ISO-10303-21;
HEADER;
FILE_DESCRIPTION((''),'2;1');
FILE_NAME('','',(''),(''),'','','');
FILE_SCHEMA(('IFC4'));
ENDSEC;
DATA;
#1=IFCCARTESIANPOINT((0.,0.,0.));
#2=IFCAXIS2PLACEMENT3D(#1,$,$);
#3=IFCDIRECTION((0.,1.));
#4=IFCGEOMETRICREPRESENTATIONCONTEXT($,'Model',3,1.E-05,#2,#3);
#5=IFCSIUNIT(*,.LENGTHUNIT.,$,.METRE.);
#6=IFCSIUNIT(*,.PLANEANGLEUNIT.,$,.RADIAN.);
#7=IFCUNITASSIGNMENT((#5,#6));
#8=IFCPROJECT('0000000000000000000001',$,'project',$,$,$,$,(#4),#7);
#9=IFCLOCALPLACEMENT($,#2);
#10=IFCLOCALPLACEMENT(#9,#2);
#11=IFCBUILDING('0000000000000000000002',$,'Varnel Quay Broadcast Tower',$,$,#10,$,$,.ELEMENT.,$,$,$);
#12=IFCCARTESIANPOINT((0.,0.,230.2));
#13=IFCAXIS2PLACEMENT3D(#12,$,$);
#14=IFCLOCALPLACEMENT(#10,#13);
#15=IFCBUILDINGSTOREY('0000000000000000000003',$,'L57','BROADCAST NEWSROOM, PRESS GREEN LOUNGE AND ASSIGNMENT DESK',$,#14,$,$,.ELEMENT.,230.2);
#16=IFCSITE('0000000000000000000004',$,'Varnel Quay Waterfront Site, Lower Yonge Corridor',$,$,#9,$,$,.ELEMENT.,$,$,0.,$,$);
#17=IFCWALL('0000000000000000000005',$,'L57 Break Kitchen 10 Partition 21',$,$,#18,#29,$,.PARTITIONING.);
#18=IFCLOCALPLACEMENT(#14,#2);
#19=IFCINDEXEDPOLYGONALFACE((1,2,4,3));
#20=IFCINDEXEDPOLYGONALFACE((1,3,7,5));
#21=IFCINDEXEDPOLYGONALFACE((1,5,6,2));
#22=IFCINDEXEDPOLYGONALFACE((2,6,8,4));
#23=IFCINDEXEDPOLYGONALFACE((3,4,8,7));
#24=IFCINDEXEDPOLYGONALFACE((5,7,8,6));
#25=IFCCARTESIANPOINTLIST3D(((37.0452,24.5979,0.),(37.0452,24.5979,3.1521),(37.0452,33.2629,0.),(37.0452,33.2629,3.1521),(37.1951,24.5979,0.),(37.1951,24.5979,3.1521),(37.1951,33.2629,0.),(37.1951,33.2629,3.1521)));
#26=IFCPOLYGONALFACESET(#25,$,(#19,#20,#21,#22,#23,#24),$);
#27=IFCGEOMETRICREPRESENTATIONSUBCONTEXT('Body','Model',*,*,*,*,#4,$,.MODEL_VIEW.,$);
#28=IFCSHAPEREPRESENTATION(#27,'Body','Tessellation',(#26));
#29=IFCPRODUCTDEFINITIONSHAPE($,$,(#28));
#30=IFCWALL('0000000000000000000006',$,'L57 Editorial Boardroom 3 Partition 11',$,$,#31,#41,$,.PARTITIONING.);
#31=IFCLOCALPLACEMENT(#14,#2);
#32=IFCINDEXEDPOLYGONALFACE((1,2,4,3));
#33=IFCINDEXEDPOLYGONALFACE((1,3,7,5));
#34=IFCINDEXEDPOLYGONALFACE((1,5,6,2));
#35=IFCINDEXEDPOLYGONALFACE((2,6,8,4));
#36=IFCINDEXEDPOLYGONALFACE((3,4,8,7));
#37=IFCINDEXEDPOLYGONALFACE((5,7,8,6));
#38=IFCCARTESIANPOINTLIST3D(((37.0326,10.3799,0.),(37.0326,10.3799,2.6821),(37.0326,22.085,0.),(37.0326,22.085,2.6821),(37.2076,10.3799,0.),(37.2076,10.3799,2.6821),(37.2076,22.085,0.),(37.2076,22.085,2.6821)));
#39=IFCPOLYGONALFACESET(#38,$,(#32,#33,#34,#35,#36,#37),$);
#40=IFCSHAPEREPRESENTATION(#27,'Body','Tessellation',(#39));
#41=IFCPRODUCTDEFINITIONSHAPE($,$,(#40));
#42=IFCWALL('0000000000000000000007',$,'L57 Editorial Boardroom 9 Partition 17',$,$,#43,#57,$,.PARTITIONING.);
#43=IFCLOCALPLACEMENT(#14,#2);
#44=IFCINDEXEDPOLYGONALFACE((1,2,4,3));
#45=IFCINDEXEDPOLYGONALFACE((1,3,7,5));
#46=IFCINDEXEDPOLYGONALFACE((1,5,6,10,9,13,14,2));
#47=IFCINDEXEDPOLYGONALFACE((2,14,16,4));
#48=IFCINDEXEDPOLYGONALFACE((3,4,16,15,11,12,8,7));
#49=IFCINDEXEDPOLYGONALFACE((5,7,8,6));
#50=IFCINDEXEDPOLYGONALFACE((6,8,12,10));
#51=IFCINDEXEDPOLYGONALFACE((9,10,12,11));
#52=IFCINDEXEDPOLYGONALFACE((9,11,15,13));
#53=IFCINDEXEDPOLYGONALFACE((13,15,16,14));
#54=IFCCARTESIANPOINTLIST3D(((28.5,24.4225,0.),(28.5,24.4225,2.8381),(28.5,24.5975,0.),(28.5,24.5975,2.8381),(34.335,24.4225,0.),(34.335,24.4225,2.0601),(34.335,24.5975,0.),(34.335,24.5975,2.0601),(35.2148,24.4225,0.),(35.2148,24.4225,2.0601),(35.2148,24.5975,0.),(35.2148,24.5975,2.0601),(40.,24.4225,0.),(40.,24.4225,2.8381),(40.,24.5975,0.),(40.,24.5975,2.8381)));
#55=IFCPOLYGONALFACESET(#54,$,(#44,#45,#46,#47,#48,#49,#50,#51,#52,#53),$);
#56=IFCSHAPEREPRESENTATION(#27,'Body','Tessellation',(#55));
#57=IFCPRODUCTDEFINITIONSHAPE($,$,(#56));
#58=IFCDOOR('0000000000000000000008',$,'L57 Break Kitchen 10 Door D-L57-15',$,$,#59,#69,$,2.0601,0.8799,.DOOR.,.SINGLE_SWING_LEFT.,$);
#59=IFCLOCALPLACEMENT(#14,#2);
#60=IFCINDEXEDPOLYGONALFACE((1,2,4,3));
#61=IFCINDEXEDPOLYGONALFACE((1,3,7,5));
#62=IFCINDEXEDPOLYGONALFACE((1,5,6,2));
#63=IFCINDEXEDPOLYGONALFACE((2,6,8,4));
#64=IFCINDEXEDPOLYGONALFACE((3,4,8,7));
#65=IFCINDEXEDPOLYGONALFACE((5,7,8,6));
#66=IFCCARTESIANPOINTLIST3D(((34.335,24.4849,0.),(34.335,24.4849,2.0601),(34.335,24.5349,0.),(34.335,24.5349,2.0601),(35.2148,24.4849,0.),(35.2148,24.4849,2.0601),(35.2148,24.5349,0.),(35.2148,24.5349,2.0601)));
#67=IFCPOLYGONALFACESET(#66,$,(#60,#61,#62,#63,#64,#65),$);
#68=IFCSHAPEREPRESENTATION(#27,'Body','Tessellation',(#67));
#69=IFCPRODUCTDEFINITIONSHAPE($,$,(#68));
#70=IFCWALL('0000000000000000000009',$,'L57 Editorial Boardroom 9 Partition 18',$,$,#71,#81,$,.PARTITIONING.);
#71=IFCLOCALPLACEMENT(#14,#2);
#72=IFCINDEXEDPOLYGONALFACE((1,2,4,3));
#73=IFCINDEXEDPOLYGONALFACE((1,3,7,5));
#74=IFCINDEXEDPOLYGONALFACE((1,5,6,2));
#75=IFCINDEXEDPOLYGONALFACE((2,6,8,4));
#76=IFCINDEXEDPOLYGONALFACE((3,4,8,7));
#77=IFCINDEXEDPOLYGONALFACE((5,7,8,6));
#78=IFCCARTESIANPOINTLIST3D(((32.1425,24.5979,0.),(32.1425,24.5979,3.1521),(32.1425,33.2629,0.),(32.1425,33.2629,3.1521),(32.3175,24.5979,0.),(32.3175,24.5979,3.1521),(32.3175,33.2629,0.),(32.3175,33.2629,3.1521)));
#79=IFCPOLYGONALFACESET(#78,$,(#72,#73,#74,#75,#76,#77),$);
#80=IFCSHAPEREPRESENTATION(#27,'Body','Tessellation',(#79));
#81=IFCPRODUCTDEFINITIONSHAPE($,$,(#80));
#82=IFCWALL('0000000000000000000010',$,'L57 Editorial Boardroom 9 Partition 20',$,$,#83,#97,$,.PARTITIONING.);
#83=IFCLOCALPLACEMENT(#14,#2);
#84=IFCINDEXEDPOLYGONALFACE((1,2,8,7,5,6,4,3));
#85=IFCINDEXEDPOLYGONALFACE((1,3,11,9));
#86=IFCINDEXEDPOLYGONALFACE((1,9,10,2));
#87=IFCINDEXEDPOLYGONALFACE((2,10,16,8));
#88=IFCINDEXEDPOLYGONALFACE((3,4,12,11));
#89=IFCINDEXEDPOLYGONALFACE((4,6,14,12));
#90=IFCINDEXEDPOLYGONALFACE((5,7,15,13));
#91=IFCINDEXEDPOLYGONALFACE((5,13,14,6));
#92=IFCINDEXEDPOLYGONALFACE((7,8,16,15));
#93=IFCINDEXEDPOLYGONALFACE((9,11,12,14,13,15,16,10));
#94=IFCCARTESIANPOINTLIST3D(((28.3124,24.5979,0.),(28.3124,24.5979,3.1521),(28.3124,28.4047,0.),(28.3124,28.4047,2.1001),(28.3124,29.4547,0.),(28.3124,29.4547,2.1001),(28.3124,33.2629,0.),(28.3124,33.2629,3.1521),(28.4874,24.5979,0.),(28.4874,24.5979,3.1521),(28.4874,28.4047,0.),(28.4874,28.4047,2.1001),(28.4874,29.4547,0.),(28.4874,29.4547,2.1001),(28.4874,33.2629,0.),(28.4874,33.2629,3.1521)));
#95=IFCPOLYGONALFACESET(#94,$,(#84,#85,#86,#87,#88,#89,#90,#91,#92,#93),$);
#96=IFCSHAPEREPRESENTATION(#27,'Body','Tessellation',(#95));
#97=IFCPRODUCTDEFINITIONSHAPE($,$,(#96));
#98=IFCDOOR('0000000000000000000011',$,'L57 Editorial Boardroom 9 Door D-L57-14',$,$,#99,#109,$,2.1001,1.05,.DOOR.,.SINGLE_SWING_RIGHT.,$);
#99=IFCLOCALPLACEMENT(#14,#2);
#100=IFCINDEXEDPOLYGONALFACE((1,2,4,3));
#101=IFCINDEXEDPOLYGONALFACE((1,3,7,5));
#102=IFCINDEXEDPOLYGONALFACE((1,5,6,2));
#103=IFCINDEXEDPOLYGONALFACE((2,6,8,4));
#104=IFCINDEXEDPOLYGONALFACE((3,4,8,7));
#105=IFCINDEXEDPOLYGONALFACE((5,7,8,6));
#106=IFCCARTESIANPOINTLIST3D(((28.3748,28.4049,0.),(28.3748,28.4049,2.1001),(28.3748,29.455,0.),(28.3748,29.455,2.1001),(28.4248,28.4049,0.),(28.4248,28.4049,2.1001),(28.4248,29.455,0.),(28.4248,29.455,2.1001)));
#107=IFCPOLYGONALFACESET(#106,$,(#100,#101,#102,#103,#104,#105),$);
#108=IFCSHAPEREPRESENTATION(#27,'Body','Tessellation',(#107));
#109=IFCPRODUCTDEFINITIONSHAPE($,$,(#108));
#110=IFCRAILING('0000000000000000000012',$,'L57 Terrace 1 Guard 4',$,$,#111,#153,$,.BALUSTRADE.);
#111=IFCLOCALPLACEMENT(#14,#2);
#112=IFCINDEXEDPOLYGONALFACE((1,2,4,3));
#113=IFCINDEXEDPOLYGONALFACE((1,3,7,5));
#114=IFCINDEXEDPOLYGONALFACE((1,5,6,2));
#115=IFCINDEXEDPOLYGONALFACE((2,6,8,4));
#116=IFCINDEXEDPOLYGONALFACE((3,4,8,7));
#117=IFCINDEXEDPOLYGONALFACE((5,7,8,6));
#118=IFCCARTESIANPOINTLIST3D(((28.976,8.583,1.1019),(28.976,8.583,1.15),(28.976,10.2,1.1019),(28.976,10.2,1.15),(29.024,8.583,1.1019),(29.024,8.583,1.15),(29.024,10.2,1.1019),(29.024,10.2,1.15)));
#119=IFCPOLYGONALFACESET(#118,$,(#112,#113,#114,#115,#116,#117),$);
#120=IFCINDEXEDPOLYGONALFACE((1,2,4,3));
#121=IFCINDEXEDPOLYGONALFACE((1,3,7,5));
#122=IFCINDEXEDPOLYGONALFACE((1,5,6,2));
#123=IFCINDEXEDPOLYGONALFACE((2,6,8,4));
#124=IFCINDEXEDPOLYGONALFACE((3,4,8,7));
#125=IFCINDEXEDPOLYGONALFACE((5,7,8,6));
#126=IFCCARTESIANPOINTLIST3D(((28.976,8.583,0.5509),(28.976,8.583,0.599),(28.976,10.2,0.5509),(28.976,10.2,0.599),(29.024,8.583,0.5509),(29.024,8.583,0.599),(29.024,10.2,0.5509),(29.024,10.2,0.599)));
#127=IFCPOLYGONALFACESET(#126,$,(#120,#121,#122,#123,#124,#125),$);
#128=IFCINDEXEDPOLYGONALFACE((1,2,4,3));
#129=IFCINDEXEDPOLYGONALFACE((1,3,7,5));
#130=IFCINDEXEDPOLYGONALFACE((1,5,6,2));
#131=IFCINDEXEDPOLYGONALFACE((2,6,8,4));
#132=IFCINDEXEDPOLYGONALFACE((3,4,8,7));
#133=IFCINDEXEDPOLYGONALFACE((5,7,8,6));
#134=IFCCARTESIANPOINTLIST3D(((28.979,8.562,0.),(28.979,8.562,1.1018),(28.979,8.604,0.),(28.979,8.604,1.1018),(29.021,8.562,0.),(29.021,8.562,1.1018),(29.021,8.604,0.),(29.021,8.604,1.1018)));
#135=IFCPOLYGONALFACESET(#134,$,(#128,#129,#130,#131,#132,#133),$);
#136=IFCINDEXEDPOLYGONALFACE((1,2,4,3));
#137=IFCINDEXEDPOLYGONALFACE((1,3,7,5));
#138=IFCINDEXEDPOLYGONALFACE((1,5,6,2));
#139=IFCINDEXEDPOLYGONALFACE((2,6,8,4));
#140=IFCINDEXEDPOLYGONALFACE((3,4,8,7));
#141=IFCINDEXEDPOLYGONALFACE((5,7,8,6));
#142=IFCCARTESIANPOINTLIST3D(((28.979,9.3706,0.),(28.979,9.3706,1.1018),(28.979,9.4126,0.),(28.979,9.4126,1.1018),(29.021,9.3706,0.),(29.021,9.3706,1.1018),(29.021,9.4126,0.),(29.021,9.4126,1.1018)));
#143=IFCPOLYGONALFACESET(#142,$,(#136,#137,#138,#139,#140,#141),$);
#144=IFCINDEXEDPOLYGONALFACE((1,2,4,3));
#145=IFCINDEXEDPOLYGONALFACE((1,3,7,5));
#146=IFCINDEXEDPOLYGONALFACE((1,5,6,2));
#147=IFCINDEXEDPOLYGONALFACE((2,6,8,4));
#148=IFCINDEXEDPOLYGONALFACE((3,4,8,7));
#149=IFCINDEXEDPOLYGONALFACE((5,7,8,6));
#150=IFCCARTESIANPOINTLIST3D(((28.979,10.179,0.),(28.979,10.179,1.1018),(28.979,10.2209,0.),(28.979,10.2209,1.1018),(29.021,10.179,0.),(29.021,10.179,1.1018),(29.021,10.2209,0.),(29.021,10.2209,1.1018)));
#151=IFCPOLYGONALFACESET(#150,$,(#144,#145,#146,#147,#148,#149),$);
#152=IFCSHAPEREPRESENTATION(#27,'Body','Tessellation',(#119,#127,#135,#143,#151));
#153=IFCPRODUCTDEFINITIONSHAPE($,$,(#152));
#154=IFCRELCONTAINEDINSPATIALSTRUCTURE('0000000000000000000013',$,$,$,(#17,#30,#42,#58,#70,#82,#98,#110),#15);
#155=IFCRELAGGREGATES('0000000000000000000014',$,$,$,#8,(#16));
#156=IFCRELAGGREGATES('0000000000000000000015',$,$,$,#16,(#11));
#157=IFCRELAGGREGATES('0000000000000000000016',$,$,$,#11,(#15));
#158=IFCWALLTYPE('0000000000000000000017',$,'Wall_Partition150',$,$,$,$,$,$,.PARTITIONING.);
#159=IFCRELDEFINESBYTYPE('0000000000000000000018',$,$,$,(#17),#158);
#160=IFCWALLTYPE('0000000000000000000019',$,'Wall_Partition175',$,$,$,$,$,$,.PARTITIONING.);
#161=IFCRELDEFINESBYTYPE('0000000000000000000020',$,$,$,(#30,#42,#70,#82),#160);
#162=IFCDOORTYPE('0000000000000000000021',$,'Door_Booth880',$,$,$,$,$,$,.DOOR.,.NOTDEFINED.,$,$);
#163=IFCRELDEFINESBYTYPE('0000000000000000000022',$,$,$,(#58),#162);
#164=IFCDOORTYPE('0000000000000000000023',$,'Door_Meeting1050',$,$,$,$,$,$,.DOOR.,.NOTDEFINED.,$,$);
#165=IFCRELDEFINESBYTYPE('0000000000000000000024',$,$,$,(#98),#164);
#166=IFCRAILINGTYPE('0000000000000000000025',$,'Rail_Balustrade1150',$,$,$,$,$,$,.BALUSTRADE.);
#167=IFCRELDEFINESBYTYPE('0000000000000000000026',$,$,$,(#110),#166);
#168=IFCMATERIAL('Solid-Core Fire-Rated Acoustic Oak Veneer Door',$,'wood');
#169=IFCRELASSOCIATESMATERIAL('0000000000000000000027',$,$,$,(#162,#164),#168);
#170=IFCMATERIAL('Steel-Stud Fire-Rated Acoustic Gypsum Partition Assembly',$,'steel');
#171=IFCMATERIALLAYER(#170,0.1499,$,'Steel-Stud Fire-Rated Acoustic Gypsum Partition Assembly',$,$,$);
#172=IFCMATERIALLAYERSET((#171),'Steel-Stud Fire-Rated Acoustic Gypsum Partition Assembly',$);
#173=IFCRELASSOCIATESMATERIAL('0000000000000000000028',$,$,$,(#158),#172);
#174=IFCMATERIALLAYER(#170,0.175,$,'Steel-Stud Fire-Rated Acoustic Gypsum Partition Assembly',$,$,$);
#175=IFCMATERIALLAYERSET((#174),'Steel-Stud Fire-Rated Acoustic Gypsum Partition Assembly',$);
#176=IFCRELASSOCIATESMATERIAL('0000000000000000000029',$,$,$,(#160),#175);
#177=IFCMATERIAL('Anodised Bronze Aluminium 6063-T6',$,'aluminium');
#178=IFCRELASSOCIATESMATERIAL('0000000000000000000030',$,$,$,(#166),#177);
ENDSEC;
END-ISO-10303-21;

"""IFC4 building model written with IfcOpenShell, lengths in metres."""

from ifc_helpers import new_model, si_unit, direction, frame, frame_2d, origin, origin_2d, place, context, subcontext, project, spatial, rectangle, extrude, source, transform, mapped, material, layer, layer_set, type_object, type_shapes, element, fill, save


model = new_model("IFC4")

# Units and contexts
model_context = context("Model", 3, precision=1e-05, world=origin(), true_north=direction((0.0, 1.0)))
body_context = subcontext(model_context, "Body", "Model", "MODEL_VIEW")
ifc_project = project(units=[si_unit("LENGTHUNIT", "METRE"), si_unit("PLANEANGLEUNIT", "RADIAN")], contexts=[model_context])

# Site, building, storey
site_placement = place(None, origin())
site = spatial("IfcSite", under=ifc_project, at=site_placement, Name="Varnel Quay Waterfront Site, Lower Yonge Corridor", CompositionType="ELEMENT", RefElevation=0.0)
building_placement = place(site_placement, origin())
building = spatial("IfcBuilding", under=site, at=building_placement, Name="Varnel Quay Broadcast Tower", CompositionType="ELEMENT")
storey_placement = place(building_placement, frame((0.0, 0.0, 230.2)))
storey = spatial("IfcBuildingStorey", under=building, at=storey_placement, Name="L57", Description="BROADCAST NEWSROOM, PRESS GREEN LOUNGE AND ASSIGNMENT DESK", CompositionType="ELEMENT", Elevation=230.2)

# Shared definitions
ifc_material_1 = material(Name="Anodised Bronze Aluminium 6063-T6", Category="aluminium")

# Shared definitions
ifc_material_2 = material(Name="Steel-Stud Fire-Rated Acoustic Gypsum Partition Assembly", Category="steel")
ifc_material_3 = material(Name="Solid-Core Fire-Rated Acoustic Oak Veneer Door", Category="wood")
door_type_1 = type_object("IfcDoorType", Name="Door_Booth880", OperationType="NOTDEFINED", PredefinedType="DOOR", material=ifc_material_3)
shared_shape_1 = source(origin(), body_context, "Body", "SweptSolid", [
    extrude(rectangle(XDim=0.8799, YDim=2.0601, at=frame_2d((0.4399, 1.03))), frame((0.0, 0.0249, 0.0), z_axis=(0.0, -1.0, 0.0), x_axis=(1.0, 0.0, 0.0)), (0.0, 0.0, 1.0), 0.05),
])
type_shapes(door_type_1, [shared_shape_1])

# Walls
ifc_layer_1 = layer(ifc_material_2, 0.1499, Name="Steel-Stud Fire-Rated Acoustic Gypsum Partition Assembly")
ifc_layer_set_1 = layer_set([ifc_layer_1], Name="Steel-Stud Fire-Rated Acoustic Gypsum Partition Assembly")
wall_type_1 = type_object("IfcWallType", Name="Wall_Partition150", PredefinedType="PARTITIONING", material=ifc_layer_set_1)
wall_1_placement = place(storey_placement, frame((37.1201, 24.5979, 0.0), z_axis=(0.0, 0.0, 1.0), x_axis=(0.0, 1.0, 0.0)))
element("IfcWall", 1, at=wall_1_placement, inside=storey, type_object=wall_type_1, Name="L57 Break Kitchen 10 Partition 21", PredefinedType="PARTITIONING", context=body_context, shape_type="SweptSolid", body=[
    extrude(rectangle(XDim=8.665, YDim=0.1499, at=frame_2d((4.3325, 0.0))), origin(), (0.0, 0.0, 1.0), 3.1521),
])
ifc_layer_2 = layer(ifc_material_2, 0.175, Name="Steel-Stud Fire-Rated Acoustic Gypsum Partition Assembly")
ifc_layer_set_2 = layer_set([ifc_layer_2], Name="Steel-Stud Fire-Rated Acoustic Gypsum Partition Assembly")
wall_type_2 = type_object("IfcWallType", Name="Wall_Partition175", PredefinedType="PARTITIONING", material=ifc_layer_set_2)
wall_2_placement = place(storey_placement, frame((37.1201, 10.3799, 0.0), z_axis=(0.0, 0.0, 1.0), x_axis=(0.0, 1.0, 0.0)))
element("IfcWall", 2, at=wall_2_placement, inside=storey, type_object=wall_type_2, Name="L57 Editorial Boardroom 3 Partition 11", PredefinedType="PARTITIONING", context=body_context, shape_type="SweptSolid", body=[
    extrude(rectangle(XDim=11.7051, YDim=0.175, at=frame_2d((5.8525, 0.0))), origin(), (0.0, 0.0, 1.0), 2.6821),
])

# Wall, opening, door
wall_3_placement = place(storey_placement, frame((28.5, 24.51, 0.0), z_axis=(0.0, 0.0, 1.0), x_axis=(1.0, 0.0, 0.0)))
wall_3 = element("IfcWall", 3, at=wall_3_placement, inside=storey, type_object=wall_type_2, Name="L57 Editorial Boardroom 9 Partition 17", PredefinedType="PARTITIONING", context=body_context, shape_type="SweptSolid", body=[
    extrude(rectangle(XDim=11.5, YDim=0.175, at=frame_2d((5.75, 0.0))), origin(), (0.0, 0.0, 1.0), 2.8381),
])
opening_1_placement = place(wall_3_placement, frame((5.835, 0.0, 0.0)))
opening_1 = element("IfcOpeningElement", 4, at=opening_1_placement, cuts=wall_3, PredefinedType="OPENING", context=body_context, shape_type="SweptSolid", body=[
    extrude(rectangle(XDim=0.8799, YDim=2.0601, at=frame_2d((0.4399, 1.03))), frame((0.0, 0.0977, 0.0), z_axis=(0.0, -1.0, 0.0), x_axis=(1.0, 0.0, 0.0)), (0.0, 0.0, 1.0), 0.1951),
])
door_1_placement = place(opening_1_placement, origin())
door_1 = element("IfcDoor", 5, at=door_1_placement, inside=storey, type_object=door_type_1, Name="L57 Break Kitchen 10 Door D-L57-15", OperationType="SINGLE_SWING_LEFT", OverallHeight=2.0601, OverallWidth=0.8799, PredefinedType="DOOR", context=body_context, shape_type="MappedRepresentation", body=[
    mapped(shared_shape_1, transform((0.0, 0.0, 0.0), x_axis=(1.0, 0.0, 0.0), y_axis=(0.0, 1.0, 0.0), z_axis=(0.0, 0.0, 1.0), scale=1.0)),
])
fill(opening_1, door_1)

# Wall
wall_4_placement = place(storey_placement, frame((32.23, 24.5979, 0.0), z_axis=(0.0, 0.0, 1.0), x_axis=(0.0, 1.0, 0.0)))
element("IfcWall", 6, at=wall_4_placement, inside=storey, type_object=wall_type_2, Name="L57 Editorial Boardroom 9 Partition 18", PredefinedType="PARTITIONING", context=body_context, shape_type="SweptSolid", body=[
    extrude(rectangle(XDim=8.665, YDim=0.175, at=frame_2d((4.3325, 0.0))), origin(), (0.0, 0.0, 1.0), 3.1521),
])

# Wall, opening, door
wall_5_placement = place(storey_placement, frame((28.3999, 24.5979, 0.0), z_axis=(0.0, 0.0, 1.0), x_axis=(0.0, 1.0, 0.0)))
wall_5 = element("IfcWall", 7, at=wall_5_placement, inside=storey, type_object=wall_type_2, Name="L57 Editorial Boardroom 9 Partition 20", PredefinedType="PARTITIONING", context=body_context, shape_type="SweptSolid", body=[
    extrude(rectangle(XDim=8.665, YDim=0.175, at=frame_2d((4.3325, 0.0))), origin(), (0.0, 0.0, 1.0), 3.1521),
])
opening_2_placement = place(wall_5_placement, frame((3.8069, 0.0, 0.0)))
opening_2 = element("IfcOpeningElement", 8, at=opening_2_placement, cuts=wall_5, PredefinedType="OPENING", context=body_context, shape_type="SweptSolid", body=[
    extrude(rectangle(XDim=1.05, YDim=2.1001, at=frame_2d((0.5249, 1.05))), frame((0.0, 0.0977, 0.0), z_axis=(0.0, -1.0, 0.0), x_axis=(1.0, 0.0, 0.0)), (0.0, 0.0, 1.0), 0.1951),
])
door_type_2 = type_object("IfcDoorType", Name="Door_Meeting1050", OperationType="NOTDEFINED", PredefinedType="DOOR", material=ifc_material_3)
shared_shape_2 = source(origin(), body_context, "Body", "SweptSolid", [
    extrude(rectangle(XDim=1.05, YDim=2.1001, at=frame_2d((0.5249, 1.05))), frame((0.0, 0.0249, 0.0), z_axis=(0.0, -1.0, 0.0), x_axis=(1.0, 0.0, 0.0)), (0.0, 0.0, 1.0), 0.05),
])
type_shapes(door_type_2, [shared_shape_2])
door_2_placement = place(opening_2_placement, frame((1.05, 0.0, 0.0), z_axis=(0.0, 0.0, 1.0), x_axis=(-1.0, 0.0, 0.0)))
door_2 = element("IfcDoor", 9, at=door_2_placement, inside=storey, type_object=door_type_2, Name="L57 Editorial Boardroom 9 Door D-L57-14", OperationType="SINGLE_SWING_RIGHT", OverallHeight=2.1001, OverallWidth=1.05, PredefinedType="DOOR", context=body_context, shape_type="MappedRepresentation", body=[
    mapped(shared_shape_2, transform((0.0, 0.0, 0.0), x_axis=(1.0, 0.0, 0.0), y_axis=(0.0, 1.0, 0.0), z_axis=(0.0, 0.0, 1.0), scale=1.0)),
])
fill(opening_2, door_2)

# Railing
railing_type = type_object("IfcRailingType", Name="Rail_Balustrade1150", PredefinedType="BALUSTRADE", material=ifc_material_1)
railing_1_placement = place(storey_placement, frame((29.0, 8.583, 0.0)))
element("IfcRailing", 10, at=railing_1_placement, inside=storey, type_object=railing_type, Name="L57 Terrace 1 Guard 4", PredefinedType="BALUSTRADE", context=body_context, shape_type="SweptSolid", body=[
    extrude(rectangle(XDim=0.0481, YDim=0.0481, at=origin_2d()), frame((0.0, 0.0, 1.126), z_axis=(0.0, 1.0, 0.0), x_axis=(-1.0, 0.0, 0.0)), (0.0, 0.0, 1.0), 1.6169),
    extrude(rectangle(XDim=0.0481, YDim=0.0481, at=origin_2d()), frame((0.0, 0.0, 0.575), z_axis=(0.0, 1.0, 0.0), x_axis=(-1.0, 0.0, 0.0)), (0.0, 0.0, 1.0), 1.6169),
    extrude(rectangle(XDim=0.042, YDim=0.042, at=origin_2d()), origin(), (0.0, 0.0, 1.0), 1.1018),
    extrude(rectangle(XDim=0.042, YDim=0.042, at=origin_2d()), frame((0.0, 0.8086, 0.0)), (0.0, 0.0, 1.0), 1.1018),
    extrude(rectangle(XDim=0.042, YDim=0.042, at=origin_2d()), frame((0.0, 1.6169, 0.0)), (0.0, 0.0, 1.0), 1.1018),
])

save(model, "model.ifc")
